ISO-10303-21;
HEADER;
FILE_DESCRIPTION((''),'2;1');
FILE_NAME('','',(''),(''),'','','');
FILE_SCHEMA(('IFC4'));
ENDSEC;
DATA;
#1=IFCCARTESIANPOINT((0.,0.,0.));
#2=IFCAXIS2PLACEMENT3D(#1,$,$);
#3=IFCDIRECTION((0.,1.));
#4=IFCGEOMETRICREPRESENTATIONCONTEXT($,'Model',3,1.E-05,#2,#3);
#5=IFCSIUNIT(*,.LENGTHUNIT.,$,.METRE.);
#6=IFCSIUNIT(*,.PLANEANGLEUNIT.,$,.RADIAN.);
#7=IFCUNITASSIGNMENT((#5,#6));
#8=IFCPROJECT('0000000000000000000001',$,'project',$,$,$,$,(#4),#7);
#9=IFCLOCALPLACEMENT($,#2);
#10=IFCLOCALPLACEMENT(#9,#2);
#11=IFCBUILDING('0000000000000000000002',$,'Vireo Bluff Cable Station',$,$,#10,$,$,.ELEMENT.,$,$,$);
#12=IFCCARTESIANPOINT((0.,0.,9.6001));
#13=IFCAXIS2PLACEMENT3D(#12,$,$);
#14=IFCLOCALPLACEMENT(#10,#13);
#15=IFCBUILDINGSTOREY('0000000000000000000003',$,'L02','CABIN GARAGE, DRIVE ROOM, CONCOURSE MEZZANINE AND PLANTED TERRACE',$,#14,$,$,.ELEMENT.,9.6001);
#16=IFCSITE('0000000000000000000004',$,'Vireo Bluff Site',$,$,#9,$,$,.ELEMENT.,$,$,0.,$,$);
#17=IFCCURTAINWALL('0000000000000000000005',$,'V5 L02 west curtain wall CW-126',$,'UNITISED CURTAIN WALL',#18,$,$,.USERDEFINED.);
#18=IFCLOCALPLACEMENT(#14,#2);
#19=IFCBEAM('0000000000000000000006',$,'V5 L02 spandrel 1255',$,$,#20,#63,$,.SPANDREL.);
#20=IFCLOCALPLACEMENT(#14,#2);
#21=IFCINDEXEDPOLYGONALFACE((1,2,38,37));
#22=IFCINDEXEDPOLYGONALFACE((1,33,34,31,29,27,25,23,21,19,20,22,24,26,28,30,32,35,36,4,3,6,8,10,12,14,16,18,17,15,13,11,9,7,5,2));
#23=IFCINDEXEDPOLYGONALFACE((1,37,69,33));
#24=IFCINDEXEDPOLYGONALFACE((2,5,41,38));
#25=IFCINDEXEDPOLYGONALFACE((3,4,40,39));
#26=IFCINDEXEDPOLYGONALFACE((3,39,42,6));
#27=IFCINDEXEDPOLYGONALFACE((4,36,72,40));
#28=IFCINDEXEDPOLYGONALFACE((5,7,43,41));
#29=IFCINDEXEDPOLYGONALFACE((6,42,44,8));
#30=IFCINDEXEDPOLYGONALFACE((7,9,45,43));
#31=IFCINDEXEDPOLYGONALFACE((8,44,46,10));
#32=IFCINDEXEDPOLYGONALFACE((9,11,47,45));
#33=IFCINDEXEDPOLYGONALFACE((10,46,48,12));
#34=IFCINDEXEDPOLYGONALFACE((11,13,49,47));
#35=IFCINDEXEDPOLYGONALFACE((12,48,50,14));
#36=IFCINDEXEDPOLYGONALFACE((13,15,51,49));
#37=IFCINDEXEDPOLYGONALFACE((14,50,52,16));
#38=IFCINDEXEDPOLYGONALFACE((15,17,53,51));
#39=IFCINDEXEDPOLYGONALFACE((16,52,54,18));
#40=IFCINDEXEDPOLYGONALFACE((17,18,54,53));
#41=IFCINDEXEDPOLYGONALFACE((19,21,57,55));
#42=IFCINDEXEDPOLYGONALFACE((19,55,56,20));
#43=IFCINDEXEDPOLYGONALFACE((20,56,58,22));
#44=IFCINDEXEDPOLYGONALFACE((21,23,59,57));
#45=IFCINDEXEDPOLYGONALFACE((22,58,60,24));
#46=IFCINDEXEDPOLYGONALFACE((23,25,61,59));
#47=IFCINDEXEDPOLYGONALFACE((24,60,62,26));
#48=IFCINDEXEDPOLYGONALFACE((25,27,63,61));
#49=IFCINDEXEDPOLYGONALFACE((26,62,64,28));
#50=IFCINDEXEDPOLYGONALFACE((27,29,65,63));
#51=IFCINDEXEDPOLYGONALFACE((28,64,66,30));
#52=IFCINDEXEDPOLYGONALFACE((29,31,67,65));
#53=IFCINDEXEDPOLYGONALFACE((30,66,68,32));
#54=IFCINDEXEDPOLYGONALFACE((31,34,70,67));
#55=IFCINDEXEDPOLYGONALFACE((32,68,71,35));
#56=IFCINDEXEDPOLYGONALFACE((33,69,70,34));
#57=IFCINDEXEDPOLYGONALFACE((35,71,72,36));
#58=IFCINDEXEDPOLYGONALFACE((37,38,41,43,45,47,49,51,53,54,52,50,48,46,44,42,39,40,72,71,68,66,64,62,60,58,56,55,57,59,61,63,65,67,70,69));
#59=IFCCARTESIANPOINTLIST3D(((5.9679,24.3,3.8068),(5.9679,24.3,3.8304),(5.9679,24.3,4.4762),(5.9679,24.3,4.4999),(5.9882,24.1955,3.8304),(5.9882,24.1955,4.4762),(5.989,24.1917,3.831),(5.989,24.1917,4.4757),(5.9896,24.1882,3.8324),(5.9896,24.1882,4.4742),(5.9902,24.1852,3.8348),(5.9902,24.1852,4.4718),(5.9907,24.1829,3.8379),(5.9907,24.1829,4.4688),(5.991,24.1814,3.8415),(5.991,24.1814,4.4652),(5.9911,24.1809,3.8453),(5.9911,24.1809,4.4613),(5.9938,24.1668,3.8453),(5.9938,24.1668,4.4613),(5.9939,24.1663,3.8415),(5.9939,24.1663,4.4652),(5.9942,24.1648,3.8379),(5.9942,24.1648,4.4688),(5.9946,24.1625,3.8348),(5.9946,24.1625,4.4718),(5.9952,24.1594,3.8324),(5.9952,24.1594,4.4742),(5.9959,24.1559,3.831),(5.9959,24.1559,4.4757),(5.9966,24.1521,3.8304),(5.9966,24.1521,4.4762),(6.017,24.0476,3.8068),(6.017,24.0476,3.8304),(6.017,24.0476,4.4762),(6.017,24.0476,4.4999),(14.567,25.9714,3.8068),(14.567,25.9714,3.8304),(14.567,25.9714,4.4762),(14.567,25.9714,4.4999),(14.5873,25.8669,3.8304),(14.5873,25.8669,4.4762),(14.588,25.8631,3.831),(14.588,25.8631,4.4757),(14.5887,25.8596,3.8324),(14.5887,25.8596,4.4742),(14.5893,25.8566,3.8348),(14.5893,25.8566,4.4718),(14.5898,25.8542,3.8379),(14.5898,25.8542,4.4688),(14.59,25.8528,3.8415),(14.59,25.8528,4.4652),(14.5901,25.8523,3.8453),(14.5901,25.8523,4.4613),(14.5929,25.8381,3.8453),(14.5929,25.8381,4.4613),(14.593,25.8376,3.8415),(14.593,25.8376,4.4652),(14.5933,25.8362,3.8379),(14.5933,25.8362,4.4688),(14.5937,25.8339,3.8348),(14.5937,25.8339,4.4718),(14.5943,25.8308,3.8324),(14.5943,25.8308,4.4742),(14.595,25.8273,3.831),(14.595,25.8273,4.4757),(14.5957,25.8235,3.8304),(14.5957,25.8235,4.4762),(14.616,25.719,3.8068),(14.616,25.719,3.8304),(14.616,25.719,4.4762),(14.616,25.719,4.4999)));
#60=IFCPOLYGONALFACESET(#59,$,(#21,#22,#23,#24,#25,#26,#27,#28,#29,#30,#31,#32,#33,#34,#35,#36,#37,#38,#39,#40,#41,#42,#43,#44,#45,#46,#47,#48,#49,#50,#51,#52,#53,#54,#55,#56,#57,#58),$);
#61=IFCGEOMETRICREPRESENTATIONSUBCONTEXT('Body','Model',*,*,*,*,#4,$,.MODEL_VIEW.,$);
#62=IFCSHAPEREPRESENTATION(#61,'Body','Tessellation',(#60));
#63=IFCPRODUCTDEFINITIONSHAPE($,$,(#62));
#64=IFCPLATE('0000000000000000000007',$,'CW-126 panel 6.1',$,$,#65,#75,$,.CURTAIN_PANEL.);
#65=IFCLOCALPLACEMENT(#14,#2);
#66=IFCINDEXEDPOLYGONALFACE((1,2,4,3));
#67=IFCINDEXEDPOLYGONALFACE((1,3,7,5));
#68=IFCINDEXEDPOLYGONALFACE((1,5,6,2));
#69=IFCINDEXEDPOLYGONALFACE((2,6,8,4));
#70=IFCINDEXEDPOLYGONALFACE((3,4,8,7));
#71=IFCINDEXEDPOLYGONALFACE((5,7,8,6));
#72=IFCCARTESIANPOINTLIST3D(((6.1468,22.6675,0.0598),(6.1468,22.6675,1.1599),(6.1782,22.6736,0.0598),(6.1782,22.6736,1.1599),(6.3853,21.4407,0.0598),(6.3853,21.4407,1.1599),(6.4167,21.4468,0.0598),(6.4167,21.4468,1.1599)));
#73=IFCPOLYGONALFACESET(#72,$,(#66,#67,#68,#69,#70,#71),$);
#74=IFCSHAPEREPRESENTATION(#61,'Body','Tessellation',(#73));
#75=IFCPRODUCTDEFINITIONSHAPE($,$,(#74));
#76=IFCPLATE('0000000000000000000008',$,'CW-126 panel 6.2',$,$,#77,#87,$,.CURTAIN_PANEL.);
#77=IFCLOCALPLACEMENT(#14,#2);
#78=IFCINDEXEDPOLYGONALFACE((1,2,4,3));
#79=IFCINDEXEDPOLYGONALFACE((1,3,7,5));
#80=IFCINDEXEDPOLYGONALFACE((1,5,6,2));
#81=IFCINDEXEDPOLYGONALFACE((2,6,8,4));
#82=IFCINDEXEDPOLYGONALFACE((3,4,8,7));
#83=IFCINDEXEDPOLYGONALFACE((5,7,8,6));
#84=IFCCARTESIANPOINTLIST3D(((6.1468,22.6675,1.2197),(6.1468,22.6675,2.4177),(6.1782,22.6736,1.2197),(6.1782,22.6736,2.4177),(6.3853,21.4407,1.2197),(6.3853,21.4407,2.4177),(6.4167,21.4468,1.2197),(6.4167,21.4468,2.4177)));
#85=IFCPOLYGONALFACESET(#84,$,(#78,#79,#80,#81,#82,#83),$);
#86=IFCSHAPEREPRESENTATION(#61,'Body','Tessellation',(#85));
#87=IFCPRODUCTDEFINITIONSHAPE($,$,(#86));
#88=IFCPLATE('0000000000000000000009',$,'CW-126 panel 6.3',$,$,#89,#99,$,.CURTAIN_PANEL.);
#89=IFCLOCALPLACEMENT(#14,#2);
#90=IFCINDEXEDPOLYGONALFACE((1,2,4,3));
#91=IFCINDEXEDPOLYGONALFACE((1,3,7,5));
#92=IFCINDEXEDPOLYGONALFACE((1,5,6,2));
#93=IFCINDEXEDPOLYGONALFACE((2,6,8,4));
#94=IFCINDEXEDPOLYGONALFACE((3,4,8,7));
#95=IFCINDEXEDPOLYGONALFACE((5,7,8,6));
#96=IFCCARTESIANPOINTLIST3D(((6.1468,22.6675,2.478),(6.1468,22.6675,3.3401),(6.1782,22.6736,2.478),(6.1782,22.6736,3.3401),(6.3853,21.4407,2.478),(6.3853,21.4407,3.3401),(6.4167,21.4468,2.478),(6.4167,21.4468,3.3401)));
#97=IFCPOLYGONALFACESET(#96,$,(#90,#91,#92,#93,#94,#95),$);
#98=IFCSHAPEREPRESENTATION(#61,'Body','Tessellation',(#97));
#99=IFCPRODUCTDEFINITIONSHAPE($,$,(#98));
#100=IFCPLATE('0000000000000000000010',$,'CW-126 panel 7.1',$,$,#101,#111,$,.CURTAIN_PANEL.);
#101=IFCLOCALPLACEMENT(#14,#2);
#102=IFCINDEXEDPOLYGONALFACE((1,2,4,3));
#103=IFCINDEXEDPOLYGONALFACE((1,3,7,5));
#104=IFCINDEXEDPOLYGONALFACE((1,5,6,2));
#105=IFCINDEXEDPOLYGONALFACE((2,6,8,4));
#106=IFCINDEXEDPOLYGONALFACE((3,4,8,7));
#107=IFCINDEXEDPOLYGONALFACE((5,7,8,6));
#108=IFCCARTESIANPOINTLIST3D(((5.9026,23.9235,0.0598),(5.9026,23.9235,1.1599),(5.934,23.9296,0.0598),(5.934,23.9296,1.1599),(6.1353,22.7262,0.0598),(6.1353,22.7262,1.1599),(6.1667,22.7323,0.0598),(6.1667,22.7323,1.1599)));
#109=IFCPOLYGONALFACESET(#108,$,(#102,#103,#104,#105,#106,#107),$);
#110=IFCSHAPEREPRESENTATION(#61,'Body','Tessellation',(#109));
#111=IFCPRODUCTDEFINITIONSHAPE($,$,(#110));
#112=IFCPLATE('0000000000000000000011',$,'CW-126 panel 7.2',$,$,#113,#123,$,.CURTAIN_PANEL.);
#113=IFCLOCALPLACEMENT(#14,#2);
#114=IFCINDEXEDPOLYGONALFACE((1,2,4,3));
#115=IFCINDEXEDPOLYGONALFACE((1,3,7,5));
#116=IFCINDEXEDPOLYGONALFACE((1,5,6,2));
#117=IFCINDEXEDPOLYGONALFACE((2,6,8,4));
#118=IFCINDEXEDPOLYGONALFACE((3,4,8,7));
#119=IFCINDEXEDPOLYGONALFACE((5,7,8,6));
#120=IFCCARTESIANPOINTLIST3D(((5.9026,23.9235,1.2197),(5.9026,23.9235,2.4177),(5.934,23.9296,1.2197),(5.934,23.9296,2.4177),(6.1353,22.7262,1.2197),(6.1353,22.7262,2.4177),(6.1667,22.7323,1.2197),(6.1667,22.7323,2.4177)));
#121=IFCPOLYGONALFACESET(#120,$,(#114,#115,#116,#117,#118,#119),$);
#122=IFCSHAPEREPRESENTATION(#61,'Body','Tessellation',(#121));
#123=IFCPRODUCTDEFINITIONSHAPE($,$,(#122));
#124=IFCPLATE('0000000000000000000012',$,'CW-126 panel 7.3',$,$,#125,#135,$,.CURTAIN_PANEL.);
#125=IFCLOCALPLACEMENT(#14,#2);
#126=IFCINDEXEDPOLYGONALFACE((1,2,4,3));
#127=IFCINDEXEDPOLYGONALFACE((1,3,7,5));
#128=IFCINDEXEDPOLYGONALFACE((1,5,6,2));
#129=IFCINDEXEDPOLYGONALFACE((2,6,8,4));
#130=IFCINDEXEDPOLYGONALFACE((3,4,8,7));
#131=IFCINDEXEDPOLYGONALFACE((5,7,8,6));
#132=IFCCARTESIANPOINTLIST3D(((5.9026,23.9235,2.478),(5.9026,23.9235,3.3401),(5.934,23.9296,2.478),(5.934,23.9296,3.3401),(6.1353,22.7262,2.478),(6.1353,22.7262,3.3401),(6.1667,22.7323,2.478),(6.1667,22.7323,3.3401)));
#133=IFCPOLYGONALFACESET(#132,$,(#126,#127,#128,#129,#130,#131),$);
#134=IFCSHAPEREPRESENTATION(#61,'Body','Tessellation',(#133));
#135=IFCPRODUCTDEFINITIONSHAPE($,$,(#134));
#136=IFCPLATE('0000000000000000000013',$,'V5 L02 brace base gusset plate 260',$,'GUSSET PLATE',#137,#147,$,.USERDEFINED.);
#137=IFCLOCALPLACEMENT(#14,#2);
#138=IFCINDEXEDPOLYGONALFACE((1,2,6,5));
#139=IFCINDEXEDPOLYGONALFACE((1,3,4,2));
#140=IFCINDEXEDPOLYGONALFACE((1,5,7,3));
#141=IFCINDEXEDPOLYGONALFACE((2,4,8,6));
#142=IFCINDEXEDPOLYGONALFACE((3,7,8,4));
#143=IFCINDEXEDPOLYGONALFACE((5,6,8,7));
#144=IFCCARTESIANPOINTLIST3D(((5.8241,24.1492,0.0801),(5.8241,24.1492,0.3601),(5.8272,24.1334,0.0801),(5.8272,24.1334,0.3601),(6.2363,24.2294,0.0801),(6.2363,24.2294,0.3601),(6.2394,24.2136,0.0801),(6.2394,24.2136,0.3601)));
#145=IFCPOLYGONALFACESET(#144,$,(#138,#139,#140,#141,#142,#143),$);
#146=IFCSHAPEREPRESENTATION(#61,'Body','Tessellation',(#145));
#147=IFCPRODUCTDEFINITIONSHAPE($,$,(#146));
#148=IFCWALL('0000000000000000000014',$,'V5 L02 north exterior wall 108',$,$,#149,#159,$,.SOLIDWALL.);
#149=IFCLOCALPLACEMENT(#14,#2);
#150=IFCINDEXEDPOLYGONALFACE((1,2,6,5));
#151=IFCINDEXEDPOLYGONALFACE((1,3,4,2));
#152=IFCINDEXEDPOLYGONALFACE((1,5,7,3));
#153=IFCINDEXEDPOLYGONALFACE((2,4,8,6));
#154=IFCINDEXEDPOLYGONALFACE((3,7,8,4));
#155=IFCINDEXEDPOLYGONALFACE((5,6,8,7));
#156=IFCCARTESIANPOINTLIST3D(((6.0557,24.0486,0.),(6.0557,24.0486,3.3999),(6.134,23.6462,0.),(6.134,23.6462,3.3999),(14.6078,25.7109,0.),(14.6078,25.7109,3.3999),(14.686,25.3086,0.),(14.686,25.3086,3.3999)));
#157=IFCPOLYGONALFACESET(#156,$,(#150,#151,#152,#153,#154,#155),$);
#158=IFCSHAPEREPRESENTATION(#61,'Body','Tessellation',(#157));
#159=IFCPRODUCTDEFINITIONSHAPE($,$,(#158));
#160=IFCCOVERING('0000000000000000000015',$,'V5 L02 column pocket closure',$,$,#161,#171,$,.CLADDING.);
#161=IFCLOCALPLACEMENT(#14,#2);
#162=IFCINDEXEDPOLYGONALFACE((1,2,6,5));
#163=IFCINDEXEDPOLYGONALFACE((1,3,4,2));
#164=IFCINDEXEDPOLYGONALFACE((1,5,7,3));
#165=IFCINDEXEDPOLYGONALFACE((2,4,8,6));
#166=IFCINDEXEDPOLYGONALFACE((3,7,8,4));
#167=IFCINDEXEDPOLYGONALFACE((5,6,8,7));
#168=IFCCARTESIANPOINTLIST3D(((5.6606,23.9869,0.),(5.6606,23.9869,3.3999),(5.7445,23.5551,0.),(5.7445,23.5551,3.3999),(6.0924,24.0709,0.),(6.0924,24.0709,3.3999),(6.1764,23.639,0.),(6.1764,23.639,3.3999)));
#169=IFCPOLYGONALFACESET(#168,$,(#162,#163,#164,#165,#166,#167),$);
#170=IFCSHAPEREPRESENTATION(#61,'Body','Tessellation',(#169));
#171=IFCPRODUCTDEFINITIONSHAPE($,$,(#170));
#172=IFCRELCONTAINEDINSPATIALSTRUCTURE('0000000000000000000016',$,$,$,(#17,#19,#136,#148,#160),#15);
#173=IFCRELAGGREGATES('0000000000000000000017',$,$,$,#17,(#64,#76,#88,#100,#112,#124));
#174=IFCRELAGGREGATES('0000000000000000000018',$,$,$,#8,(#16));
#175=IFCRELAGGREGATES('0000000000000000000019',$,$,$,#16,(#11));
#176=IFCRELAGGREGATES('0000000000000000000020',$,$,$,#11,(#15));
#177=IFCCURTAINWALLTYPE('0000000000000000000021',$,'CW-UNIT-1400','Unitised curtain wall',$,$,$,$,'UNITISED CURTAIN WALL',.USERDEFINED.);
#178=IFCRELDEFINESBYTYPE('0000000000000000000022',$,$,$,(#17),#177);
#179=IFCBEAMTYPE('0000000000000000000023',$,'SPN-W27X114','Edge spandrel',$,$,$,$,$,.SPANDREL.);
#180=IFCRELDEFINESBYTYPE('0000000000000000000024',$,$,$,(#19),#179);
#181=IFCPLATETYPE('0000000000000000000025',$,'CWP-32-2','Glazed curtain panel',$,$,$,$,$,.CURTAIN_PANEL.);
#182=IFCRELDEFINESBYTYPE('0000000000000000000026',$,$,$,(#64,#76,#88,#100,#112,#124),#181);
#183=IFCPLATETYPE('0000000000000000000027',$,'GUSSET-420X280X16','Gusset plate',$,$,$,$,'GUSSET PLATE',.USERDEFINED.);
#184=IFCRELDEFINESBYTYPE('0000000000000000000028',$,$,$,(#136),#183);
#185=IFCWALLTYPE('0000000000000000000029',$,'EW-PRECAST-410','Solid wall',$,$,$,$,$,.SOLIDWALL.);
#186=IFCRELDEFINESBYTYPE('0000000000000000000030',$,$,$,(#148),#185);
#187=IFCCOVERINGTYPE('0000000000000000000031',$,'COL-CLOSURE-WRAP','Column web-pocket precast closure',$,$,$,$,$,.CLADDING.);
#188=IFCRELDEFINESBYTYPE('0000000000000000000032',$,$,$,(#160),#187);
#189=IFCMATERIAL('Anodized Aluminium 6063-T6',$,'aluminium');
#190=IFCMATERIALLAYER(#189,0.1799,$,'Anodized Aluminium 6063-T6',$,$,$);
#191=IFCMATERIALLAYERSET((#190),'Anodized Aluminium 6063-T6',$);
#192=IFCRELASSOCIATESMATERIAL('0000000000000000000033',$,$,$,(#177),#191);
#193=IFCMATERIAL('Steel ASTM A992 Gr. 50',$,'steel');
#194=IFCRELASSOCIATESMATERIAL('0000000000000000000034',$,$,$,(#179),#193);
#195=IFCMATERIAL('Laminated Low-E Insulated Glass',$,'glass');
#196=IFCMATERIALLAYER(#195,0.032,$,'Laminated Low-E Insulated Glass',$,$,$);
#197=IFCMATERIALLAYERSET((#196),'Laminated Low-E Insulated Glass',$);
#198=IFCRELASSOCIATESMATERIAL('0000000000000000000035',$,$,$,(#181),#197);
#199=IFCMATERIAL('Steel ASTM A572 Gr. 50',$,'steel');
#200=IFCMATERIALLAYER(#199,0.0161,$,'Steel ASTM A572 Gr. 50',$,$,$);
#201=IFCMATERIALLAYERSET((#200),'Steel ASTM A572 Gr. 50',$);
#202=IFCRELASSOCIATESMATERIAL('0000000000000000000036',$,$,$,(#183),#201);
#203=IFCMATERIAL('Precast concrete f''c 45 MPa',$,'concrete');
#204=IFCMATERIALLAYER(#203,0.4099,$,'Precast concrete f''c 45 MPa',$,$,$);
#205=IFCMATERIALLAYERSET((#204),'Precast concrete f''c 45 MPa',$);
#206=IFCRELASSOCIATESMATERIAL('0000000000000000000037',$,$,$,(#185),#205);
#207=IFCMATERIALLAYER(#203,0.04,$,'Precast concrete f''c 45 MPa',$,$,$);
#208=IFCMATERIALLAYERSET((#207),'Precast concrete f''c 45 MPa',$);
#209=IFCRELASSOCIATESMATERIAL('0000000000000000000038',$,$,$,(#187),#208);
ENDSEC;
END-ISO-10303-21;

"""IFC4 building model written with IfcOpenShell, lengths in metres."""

from ifc_helpers import new_model, si_unit, direction, frame, frame_2d, origin, origin_2d, place, context, subcontext, project, spatial, rectangle, i_section, extrude, material, layer, layer_set, material_profile, profile_set, type_object, element, aggregate, save


model = new_model("IFC4")

# Units and contexts
model_context = context("Model", 3, precision=1e-05, world=origin(), true_north=direction((0.0, 1.0)))
body_context = subcontext(model_context, "Body", "Model", "MODEL_VIEW")
ifc_project = project(units=[si_unit("LENGTHUNIT", "METRE"), si_unit("PLANEANGLEUNIT", "RADIAN")], contexts=[model_context])

# Site, building, storey
site_placement = place(None, origin())
site = spatial("IfcSite", under=ifc_project, at=site_placement, Name="Vireo Bluff Site", CompositionType="ELEMENT", RefElevation=0.0)
building_placement = place(site_placement, origin())
building = spatial("IfcBuilding", under=site, at=building_placement, Name="Vireo Bluff Cable Station", CompositionType="ELEMENT")
storey_placement = place(building_placement, frame((0.0, 0.0, 9.6001)))
storey = spatial("IfcBuildingStorey", under=building, at=storey_placement, Name="L02", Description="CABIN GARAGE, DRIVE ROOM, CONCOURSE MEZZANINE AND PLANTED TERRACE", CompositionType="ELEMENT", Elevation=9.6001)

# Shared definitions
ifc_material_1 = material(Name="Steel ASTM A992 Gr. 50", Category="steel")

# Curtain wall
ifc_material_2 = material(Name="Anodized Aluminium 6063-T6", Category="aluminium")
ifc_layer_1 = layer(ifc_material_2, 0.1799, Name="Anodized Aluminium 6063-T6")
ifc_layer_set_1 = layer_set([ifc_layer_1], Name="Anodized Aluminium 6063-T6")
curtain_wall_type = type_object("IfcCurtainWallType", Name="CW-UNIT-1400", Description="Unitised curtain wall", ElementType="UNITISED CURTAIN WALL", PredefinedType="USERDEFINED", material=ifc_layer_set_1)
curtain_wall_placement = place(storey_placement, origin())
curtain_wall = element("IfcCurtainWall", 1, at=curtain_wall_placement, inside=storey, type_object=curtain_wall_type, Name="V5 L02 west curtain wall CW-126", ObjectType="UNITISED CURTAIN WALL", PredefinedType="USERDEFINED")

# Beam
ifc_material_profile_1 = material_profile(ifc_material_1, i_section(OverallWidth=0.2571, OverallDepth=0.6931, WebThickness=0.0144, FlangeThickness=0.0237, FilletRadius=0.0149, at=origin_2d()), Name="W27X114")
ifc_profile_set_1 = profile_set([ifc_material_profile_1], Name="Steel ASTM A992 Gr. 50")
beam_type_1 = type_object("IfcBeamType", Name="SPN-W27X114", Description="Edge spandrel", PredefinedType="SPANDREL", material=ifc_profile_set_1)
beam_1_placement = place(storey_placement, frame((5.9924, 24.1738, 4.1533), z_axis=(0.98163, 0.190797, 0.0), x_axis=(-0.190797, 0.98163, 0.0)))
element("IfcBeam", 2, at=beam_1_placement, inside=storey, type_object=beam_type_1, Name="V5 L02 spandrel 1255", PredefinedType="SPANDREL", context=body_context, shape_type="SweptSolid", body=[
    extrude(i_section(OverallWidth=0.2571, OverallDepth=0.6931, WebThickness=0.0144, FlangeThickness=0.0237, FilletRadius=0.0149, at=origin_2d()), origin(), (0.0, 0.0, 1.0), 8.76),
])

# Plates
ifc_material_3 = material(Name="Laminated Low-E Insulated Glass", Category="glass")
ifc_layer_2 = layer(ifc_material_3, 0.032, Name="Laminated Low-E Insulated Glass")
ifc_layer_set_2 = layer_set([ifc_layer_2], Name="Laminated Low-E Insulated Glass")
plate_type_1 = type_object("IfcPlateType", Name="CWP-32-2", Description="Glazed curtain panel", PredefinedType="CURTAIN_PANEL", material=ifc_layer_set_2)
plate_1_placement = place(storey_placement, frame((6.2817, 22.0571, 0.0598), z_axis=(0.0, 0.0, 1.0), x_axis=(-0.190809, 0.981627, 0.0)))
plate_1 = element("IfcPlate", 3, at=plate_1_placement, type_object=plate_type_1, Name="CW-126 panel 6.1", PredefinedType="CURTAIN_PANEL", context=body_context, shape_type="SweptSolid", body=[
    extrude(rectangle(XDim=1.2498, YDim=0.032, at=origin_2d()), origin(), (0.0, 0.0, 1.0), 1.1001),
])
plate_2_placement = place(storey_placement, frame((6.2817, 22.0571, 1.2197), z_axis=(0.0, 0.0, 1.0), x_axis=(-0.190809, 0.981627, 0.0)))
plate_2 = element("IfcPlate", 4, at=plate_2_placement, type_object=plate_type_1, Name="CW-126 panel 6.2", PredefinedType="CURTAIN_PANEL", context=body_context, shape_type="SweptSolid", body=[
    extrude(rectangle(XDim=1.2498, YDim=0.032, at=origin_2d()), origin(), (0.0, 0.0, 1.0), 1.198),
])
plate_3_placement = place(storey_placement, frame((6.2817, 22.0571, 2.478), z_axis=(0.0, 0.0, 1.0), x_axis=(-0.190809, 0.981627, 0.0)))
plate_3 = element("IfcPlate", 5, at=plate_3_placement, type_object=plate_type_1, Name="CW-126 panel 6.3", PredefinedType="CURTAIN_PANEL", context=body_context, shape_type="SweptSolid", body=[
    extrude(rectangle(XDim=1.2498, YDim=0.032, at=origin_2d()), origin(), (0.0, 0.0, 1.0), 0.8621),
])
plate_4_placement = place(storey_placement, frame((6.0347, 23.3279, 0.0598), z_axis=(0.0, 0.0, 1.0), x_axis=(-0.190809, 0.981627, 0.0)))
plate_4 = element("IfcPlate", 6, at=plate_4_placement, type_object=plate_type_1, Name="CW-126 panel 7.1", PredefinedType="CURTAIN_PANEL", context=body_context, shape_type="SweptSolid", body=[
    extrude(rectangle(XDim=1.2197, YDim=0.032, at=origin_2d()), origin(), (0.0, 0.0, 1.0), 1.1001),
])
plate_5_placement = place(storey_placement, frame((6.0347, 23.3279, 1.2197), z_axis=(0.0, 0.0, 1.0), x_axis=(-0.190809, 0.981627, 0.0)))
plate_5 = element("IfcPlate", 7, at=plate_5_placement, type_object=plate_type_1, Name="CW-126 panel 7.2", PredefinedType="CURTAIN_PANEL", context=body_context, shape_type="SweptSolid", body=[
    extrude(rectangle(XDim=1.2197, YDim=0.032, at=origin_2d()), origin(), (0.0, 0.0, 1.0), 1.198),
])
plate_6_placement = place(storey_placement, frame((6.0347, 23.3279, 2.478), z_axis=(0.0, 0.0, 1.0), x_axis=(-0.190809, 0.981627, 0.0)))
plate_6 = element("IfcPlate", 8, at=plate_6_placement, type_object=plate_type_1, Name="CW-126 panel 7.3", PredefinedType="CURTAIN_PANEL", context=body_context, shape_type="SweptSolid", body=[
    extrude(rectangle(XDim=1.2197, YDim=0.032, at=origin_2d()), origin(), (0.0, 0.0, 1.0), 0.8621),
])
aggregate(curtain_wall, [plate_1, plate_2, plate_3, plate_4, plate_5, plate_6])
ifc_material_4 = material(Name="Steel ASTM A572 Gr. 50", Category="steel")
ifc_layer_3 = layer(ifc_material_4, 0.0161, Name="Steel ASTM A572 Gr. 50")
ifc_layer_set_3 = layer_set([ifc_layer_3], Name="Steel ASTM A572 Gr. 50")
plate_type_2 = type_object("IfcPlateType", Name="GUSSET-420X280X16", Description="Gusset plate", ElementType="GUSSET PLATE", PredefinedType="USERDEFINED", material=ifc_layer_set_3)
plate_7_placement = place(storey_placement, frame((6.0317, 24.1814, 0.0801), z_axis=(0.0, 0.0, 1.0), x_axis=(0.981627, 0.190809, 0.0)))
element("IfcPlate", 9, at=plate_7_placement, inside=storey, type_object=plate_type_2, Name="V5 L02 brace base gusset plate 260", ObjectType="GUSSET PLATE", PredefinedType="USERDEFINED", context=body_context, shape_type="SweptSolid", body=[
    extrude(rectangle(XDim=0.4199, YDim=0.0161, at=origin_2d()), origin(), (0.0, 0.0, 1.0), 0.28),
])

# Wall
ifc_material_5 = material(Name="Precast concrete f'c 45 MPa", Category="concrete")
ifc_layer_4 = layer(ifc_material_5, 0.4099, Name="Precast concrete f'c 45 MPa")
ifc_layer_set_4 = layer_set([ifc_layer_4], Name="Precast concrete f'c 45 MPa")
wall_type = type_object("IfcWallType", Name="EW-PRECAST-410", Description="Solid wall", PredefinedType="SOLIDWALL", material=ifc_layer_set_4)
wall_placement = place(storey_placement, frame((6.095, 23.8474, 0.0), z_axis=(0.0, 0.0, 1.0), x_axis=(0.981627, 0.19081, 0.0)))
element("IfcWall", 10, at=wall_placement, inside=storey, type_object=wall_type, Name="V5 L02 north exterior wall 108", PredefinedType="SOLIDWALL", context=body_context, shape_type="SweptSolid", body=[
    extrude(rectangle(XDim=8.7122, YDim=0.4099, at=frame_2d((4.356, 0.0))), origin(), (0.0, 0.0, 1.0), 3.3999),
])

# Covering
ifc_layer_5 = layer(ifc_material_5, 0.04, Name="Precast concrete f'c 45 MPa")
ifc_layer_set_5 = layer_set([ifc_layer_5], Name="Precast concrete f'c 45 MPa")
covering_type = type_object("IfcCoveringType", Name="COL-CLOSURE-WRAP", Description="Column web-pocket precast closure", PredefinedType="CLADDING", material=ifc_layer_set_5)
covering_placement = place(storey_placement, frame((5.9185, 23.813, 0.0), z_axis=(0.0, 0.0, 1.0), x_axis=(0.981627, 0.190809, 0.0)))
element("IfcCovering", 11, at=covering_placement, inside=storey, type_object=covering_type, Name="V5 L02 column pocket closure", PredefinedType="CLADDING", context=body_context, shape_type="SweptSolid", body=[
    extrude(rectangle(XDim=0.4399, YDim=0.4399, at=origin_2d()), origin(), (0.0, 0.0, 1.0), 3.3999),
])

save(model, "model.ifc")
